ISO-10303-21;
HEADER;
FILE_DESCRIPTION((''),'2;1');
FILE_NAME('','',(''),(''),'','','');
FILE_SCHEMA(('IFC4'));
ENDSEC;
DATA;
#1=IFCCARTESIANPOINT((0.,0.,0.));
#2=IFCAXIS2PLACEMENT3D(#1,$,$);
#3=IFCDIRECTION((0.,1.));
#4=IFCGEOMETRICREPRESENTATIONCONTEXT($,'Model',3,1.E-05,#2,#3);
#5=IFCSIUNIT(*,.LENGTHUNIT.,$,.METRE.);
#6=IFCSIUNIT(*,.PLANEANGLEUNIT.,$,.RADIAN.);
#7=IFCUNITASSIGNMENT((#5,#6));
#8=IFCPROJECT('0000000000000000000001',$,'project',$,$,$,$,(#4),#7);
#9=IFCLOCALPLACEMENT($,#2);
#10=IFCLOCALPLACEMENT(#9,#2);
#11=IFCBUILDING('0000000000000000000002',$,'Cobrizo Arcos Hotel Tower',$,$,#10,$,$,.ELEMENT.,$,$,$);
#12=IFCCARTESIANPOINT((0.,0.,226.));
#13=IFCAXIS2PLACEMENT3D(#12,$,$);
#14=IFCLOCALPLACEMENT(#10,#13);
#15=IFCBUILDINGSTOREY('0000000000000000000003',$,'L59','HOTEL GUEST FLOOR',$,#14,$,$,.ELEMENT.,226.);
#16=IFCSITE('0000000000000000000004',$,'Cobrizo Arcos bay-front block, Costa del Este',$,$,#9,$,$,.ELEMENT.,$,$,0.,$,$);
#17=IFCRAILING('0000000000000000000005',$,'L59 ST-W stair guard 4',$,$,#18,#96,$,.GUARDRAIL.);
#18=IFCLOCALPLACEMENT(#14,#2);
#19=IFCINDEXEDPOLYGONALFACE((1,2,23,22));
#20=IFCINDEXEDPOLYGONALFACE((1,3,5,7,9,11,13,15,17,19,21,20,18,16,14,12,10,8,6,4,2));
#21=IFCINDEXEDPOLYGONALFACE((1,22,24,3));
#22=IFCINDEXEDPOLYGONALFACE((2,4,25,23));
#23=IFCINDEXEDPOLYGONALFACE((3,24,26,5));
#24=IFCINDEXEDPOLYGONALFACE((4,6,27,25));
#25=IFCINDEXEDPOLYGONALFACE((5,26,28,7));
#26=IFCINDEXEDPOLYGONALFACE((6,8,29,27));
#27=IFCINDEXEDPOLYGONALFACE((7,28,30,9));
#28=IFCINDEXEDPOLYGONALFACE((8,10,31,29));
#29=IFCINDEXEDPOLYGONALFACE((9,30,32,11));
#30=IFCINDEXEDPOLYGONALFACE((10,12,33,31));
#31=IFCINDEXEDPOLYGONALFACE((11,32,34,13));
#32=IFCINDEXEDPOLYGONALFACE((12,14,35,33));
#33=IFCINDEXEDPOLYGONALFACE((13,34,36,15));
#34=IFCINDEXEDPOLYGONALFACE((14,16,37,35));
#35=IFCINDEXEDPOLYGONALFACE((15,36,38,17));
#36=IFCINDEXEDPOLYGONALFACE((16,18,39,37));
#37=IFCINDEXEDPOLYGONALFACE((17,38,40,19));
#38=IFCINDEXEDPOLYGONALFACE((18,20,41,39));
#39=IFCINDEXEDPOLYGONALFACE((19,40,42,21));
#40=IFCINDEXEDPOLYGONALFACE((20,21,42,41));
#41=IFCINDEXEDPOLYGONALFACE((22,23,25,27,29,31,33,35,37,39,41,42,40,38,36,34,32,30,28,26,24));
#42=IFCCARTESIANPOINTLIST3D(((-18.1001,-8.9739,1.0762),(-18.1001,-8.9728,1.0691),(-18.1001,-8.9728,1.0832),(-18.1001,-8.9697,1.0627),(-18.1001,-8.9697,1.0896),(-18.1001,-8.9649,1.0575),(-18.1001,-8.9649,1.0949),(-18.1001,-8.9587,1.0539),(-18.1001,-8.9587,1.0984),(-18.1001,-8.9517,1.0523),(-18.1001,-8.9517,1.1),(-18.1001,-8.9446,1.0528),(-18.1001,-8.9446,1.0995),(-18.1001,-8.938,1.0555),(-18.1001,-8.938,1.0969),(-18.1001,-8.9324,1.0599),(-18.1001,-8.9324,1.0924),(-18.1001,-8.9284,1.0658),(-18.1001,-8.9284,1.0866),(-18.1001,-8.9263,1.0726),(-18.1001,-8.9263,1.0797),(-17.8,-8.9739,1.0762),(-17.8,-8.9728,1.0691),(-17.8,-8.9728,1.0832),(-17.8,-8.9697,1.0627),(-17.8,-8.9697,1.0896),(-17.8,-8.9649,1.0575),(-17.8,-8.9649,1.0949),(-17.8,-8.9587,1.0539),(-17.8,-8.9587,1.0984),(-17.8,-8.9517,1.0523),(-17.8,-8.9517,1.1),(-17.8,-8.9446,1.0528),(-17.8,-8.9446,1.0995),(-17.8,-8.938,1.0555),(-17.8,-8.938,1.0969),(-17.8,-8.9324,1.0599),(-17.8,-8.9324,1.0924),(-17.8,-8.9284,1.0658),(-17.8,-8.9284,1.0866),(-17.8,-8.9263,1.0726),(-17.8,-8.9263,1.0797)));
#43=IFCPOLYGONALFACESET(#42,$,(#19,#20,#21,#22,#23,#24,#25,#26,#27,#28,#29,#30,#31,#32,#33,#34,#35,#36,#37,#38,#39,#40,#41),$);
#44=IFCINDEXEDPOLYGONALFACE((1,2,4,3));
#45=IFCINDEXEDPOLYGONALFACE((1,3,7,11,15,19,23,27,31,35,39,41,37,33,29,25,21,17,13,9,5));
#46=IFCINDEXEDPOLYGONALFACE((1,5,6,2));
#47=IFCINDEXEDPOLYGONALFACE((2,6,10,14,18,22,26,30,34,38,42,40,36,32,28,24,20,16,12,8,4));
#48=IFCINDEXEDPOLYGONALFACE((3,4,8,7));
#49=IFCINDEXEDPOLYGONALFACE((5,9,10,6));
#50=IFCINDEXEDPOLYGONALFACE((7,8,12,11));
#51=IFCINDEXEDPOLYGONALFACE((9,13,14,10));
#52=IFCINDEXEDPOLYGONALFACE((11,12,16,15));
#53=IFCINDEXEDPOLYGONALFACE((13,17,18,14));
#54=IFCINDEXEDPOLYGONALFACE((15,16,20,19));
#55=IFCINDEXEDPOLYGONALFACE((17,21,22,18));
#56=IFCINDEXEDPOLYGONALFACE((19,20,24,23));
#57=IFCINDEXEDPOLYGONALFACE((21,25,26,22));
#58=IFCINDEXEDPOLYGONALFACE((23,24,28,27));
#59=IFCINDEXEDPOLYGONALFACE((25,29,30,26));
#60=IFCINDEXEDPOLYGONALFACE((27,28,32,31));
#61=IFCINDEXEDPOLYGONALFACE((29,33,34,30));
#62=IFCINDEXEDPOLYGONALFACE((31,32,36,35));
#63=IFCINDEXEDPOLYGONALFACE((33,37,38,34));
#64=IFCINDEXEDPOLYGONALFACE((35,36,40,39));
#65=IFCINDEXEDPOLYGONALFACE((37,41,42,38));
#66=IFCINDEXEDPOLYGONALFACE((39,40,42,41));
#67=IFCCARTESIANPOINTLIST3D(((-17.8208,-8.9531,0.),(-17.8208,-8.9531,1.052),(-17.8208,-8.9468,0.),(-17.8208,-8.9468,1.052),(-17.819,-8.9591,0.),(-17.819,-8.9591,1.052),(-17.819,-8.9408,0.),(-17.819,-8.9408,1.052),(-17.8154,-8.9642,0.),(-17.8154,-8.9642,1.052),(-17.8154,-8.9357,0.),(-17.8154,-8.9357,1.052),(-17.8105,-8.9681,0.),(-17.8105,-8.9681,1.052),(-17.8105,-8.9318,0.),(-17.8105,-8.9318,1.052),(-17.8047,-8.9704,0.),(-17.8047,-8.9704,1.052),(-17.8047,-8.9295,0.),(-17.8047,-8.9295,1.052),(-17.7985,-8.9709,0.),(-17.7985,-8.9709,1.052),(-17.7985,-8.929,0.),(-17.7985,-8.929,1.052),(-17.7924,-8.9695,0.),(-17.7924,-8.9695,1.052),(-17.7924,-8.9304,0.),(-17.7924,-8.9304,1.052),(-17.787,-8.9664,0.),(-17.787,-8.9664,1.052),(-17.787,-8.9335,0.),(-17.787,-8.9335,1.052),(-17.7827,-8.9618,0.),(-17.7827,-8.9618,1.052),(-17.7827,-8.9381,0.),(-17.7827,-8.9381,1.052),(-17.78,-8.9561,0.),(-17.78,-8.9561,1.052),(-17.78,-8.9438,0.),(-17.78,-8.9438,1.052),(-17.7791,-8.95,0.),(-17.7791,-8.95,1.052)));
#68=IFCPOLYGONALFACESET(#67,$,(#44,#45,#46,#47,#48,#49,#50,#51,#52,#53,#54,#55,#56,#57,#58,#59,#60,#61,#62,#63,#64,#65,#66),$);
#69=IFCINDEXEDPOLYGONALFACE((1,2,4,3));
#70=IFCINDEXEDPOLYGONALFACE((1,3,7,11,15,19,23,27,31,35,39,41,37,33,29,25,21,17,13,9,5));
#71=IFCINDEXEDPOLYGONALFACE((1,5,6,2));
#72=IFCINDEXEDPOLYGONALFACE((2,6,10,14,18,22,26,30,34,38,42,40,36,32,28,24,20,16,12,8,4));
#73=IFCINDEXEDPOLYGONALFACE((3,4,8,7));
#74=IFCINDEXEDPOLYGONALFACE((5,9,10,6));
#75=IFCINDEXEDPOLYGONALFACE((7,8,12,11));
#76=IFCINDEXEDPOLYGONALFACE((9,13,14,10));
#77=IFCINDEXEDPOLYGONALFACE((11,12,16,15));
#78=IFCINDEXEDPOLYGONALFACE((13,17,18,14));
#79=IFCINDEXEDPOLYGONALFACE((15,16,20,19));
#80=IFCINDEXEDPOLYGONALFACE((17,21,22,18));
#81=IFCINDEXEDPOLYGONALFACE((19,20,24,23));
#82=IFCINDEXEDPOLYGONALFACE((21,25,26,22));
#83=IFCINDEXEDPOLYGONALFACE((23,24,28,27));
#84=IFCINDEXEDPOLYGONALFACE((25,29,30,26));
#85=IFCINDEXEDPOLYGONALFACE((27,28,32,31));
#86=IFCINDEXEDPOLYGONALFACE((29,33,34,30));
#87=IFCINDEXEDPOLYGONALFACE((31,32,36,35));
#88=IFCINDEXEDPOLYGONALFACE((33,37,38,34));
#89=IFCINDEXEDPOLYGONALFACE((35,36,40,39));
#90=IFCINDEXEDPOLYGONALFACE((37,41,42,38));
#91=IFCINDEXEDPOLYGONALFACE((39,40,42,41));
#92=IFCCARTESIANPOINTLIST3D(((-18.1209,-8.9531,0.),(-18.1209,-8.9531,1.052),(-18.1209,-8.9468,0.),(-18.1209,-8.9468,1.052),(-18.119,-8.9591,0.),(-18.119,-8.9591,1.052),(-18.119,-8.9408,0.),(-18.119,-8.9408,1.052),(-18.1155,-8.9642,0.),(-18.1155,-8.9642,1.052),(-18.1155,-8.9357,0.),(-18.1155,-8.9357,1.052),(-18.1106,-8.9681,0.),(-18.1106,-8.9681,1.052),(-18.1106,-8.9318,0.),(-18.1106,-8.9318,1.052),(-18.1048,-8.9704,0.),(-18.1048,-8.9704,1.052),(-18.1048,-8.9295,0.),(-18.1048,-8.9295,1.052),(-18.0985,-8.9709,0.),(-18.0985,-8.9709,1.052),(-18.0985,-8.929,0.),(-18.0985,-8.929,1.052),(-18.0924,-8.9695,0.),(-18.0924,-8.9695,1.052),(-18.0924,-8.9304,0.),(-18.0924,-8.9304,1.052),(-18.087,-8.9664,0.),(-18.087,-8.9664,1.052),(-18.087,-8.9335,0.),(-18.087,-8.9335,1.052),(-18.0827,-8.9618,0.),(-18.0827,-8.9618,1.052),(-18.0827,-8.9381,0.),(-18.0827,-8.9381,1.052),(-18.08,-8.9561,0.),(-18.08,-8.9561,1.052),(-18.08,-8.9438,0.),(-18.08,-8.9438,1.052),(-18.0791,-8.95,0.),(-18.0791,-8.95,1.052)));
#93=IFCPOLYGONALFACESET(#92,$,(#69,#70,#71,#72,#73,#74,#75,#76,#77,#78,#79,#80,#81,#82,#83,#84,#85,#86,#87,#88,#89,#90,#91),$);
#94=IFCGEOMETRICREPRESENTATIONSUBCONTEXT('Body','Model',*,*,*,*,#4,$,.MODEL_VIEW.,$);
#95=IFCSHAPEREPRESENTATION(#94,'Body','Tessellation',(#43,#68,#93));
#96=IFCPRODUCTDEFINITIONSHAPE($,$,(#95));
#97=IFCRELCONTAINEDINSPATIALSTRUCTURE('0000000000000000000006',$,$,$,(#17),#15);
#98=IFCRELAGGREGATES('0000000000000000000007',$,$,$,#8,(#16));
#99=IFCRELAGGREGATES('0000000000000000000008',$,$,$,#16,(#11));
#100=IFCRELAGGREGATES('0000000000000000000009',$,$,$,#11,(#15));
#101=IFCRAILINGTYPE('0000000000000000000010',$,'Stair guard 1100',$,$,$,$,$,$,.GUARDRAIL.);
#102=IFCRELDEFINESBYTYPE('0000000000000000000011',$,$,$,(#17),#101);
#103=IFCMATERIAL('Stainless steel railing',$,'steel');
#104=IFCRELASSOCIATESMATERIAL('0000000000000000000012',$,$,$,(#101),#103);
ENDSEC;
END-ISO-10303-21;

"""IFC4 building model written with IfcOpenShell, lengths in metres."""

from ifc_helpers import new_model, si_unit, direction, frame, origin, origin_2d, place, context, subcontext, project, spatial, circle, extrude, material, type_object, element, save


model = new_model("IFC4")

# Units and contexts
model_context = context("Model", 3, precision=1e-05, world=origin(), true_north=direction((0.0, 1.0)))
body_context = subcontext(model_context, "Body", "Model", "MODEL_VIEW")
ifc_project = project(units=[si_unit("LENGTHUNIT", "METRE"), si_unit("PLANEANGLEUNIT", "RADIAN")], contexts=[model_context])

# Site, building, storey
site_placement = place(None, origin())
site = spatial("IfcSite", under=ifc_project, at=site_placement, Name="Cobrizo Arcos bay-front block, Costa del Este", CompositionType="ELEMENT", RefElevation=0.0)
building_placement = place(site_placement, origin())
building = spatial("IfcBuilding", under=site, at=building_placement, Name="Cobrizo Arcos Hotel Tower", CompositionType="ELEMENT")
storey_placement = place(building_placement, frame((0.0, 0.0, 226.0)))
storey = spatial("IfcBuildingStorey", under=building, at=storey_placement, Name="L59", Description="HOTEL GUEST FLOOR", CompositionType="ELEMENT", Elevation=226.0)

# Railing
ifc_material_1 = material(Name="Stainless steel railing", Category="steel")
railing_type_1 = type_object("IfcRailingType", Name="Stair guard 1100", PredefinedType="GUARDRAIL", material=ifc_material_1)
railing_1_placement = place(storey_placement, frame((-17.8, -8.95, 0.0)))
element("IfcRailing", 1, at=railing_1_placement, inside=storey, type_object=railing_type_1, Name="L59 ST-W stair guard 4", PredefinedType="GUARDRAIL", context=body_context, shape_type="SweptSolid", body=[
    extrude(circle(Radius=0.0239, at=origin_2d()), frame((0.0, 0.0, 1.0762), z_axis=(-1.0, 0.0, 0.0), x_axis=(0.0, -1.0, 0.0)), (0.0, 0.0, 1.0), 0.3),
    extrude(circle(Radius=0.021, at=origin_2d()), origin(), (0.0, 0.0, 1.0), 1.052),
    extrude(circle(Radius=0.021, at=origin_2d()), frame((-0.3, 0.0, 0.0)), (0.0, 0.0, 1.0), 1.052),
])

save(model, "model.ifc")
